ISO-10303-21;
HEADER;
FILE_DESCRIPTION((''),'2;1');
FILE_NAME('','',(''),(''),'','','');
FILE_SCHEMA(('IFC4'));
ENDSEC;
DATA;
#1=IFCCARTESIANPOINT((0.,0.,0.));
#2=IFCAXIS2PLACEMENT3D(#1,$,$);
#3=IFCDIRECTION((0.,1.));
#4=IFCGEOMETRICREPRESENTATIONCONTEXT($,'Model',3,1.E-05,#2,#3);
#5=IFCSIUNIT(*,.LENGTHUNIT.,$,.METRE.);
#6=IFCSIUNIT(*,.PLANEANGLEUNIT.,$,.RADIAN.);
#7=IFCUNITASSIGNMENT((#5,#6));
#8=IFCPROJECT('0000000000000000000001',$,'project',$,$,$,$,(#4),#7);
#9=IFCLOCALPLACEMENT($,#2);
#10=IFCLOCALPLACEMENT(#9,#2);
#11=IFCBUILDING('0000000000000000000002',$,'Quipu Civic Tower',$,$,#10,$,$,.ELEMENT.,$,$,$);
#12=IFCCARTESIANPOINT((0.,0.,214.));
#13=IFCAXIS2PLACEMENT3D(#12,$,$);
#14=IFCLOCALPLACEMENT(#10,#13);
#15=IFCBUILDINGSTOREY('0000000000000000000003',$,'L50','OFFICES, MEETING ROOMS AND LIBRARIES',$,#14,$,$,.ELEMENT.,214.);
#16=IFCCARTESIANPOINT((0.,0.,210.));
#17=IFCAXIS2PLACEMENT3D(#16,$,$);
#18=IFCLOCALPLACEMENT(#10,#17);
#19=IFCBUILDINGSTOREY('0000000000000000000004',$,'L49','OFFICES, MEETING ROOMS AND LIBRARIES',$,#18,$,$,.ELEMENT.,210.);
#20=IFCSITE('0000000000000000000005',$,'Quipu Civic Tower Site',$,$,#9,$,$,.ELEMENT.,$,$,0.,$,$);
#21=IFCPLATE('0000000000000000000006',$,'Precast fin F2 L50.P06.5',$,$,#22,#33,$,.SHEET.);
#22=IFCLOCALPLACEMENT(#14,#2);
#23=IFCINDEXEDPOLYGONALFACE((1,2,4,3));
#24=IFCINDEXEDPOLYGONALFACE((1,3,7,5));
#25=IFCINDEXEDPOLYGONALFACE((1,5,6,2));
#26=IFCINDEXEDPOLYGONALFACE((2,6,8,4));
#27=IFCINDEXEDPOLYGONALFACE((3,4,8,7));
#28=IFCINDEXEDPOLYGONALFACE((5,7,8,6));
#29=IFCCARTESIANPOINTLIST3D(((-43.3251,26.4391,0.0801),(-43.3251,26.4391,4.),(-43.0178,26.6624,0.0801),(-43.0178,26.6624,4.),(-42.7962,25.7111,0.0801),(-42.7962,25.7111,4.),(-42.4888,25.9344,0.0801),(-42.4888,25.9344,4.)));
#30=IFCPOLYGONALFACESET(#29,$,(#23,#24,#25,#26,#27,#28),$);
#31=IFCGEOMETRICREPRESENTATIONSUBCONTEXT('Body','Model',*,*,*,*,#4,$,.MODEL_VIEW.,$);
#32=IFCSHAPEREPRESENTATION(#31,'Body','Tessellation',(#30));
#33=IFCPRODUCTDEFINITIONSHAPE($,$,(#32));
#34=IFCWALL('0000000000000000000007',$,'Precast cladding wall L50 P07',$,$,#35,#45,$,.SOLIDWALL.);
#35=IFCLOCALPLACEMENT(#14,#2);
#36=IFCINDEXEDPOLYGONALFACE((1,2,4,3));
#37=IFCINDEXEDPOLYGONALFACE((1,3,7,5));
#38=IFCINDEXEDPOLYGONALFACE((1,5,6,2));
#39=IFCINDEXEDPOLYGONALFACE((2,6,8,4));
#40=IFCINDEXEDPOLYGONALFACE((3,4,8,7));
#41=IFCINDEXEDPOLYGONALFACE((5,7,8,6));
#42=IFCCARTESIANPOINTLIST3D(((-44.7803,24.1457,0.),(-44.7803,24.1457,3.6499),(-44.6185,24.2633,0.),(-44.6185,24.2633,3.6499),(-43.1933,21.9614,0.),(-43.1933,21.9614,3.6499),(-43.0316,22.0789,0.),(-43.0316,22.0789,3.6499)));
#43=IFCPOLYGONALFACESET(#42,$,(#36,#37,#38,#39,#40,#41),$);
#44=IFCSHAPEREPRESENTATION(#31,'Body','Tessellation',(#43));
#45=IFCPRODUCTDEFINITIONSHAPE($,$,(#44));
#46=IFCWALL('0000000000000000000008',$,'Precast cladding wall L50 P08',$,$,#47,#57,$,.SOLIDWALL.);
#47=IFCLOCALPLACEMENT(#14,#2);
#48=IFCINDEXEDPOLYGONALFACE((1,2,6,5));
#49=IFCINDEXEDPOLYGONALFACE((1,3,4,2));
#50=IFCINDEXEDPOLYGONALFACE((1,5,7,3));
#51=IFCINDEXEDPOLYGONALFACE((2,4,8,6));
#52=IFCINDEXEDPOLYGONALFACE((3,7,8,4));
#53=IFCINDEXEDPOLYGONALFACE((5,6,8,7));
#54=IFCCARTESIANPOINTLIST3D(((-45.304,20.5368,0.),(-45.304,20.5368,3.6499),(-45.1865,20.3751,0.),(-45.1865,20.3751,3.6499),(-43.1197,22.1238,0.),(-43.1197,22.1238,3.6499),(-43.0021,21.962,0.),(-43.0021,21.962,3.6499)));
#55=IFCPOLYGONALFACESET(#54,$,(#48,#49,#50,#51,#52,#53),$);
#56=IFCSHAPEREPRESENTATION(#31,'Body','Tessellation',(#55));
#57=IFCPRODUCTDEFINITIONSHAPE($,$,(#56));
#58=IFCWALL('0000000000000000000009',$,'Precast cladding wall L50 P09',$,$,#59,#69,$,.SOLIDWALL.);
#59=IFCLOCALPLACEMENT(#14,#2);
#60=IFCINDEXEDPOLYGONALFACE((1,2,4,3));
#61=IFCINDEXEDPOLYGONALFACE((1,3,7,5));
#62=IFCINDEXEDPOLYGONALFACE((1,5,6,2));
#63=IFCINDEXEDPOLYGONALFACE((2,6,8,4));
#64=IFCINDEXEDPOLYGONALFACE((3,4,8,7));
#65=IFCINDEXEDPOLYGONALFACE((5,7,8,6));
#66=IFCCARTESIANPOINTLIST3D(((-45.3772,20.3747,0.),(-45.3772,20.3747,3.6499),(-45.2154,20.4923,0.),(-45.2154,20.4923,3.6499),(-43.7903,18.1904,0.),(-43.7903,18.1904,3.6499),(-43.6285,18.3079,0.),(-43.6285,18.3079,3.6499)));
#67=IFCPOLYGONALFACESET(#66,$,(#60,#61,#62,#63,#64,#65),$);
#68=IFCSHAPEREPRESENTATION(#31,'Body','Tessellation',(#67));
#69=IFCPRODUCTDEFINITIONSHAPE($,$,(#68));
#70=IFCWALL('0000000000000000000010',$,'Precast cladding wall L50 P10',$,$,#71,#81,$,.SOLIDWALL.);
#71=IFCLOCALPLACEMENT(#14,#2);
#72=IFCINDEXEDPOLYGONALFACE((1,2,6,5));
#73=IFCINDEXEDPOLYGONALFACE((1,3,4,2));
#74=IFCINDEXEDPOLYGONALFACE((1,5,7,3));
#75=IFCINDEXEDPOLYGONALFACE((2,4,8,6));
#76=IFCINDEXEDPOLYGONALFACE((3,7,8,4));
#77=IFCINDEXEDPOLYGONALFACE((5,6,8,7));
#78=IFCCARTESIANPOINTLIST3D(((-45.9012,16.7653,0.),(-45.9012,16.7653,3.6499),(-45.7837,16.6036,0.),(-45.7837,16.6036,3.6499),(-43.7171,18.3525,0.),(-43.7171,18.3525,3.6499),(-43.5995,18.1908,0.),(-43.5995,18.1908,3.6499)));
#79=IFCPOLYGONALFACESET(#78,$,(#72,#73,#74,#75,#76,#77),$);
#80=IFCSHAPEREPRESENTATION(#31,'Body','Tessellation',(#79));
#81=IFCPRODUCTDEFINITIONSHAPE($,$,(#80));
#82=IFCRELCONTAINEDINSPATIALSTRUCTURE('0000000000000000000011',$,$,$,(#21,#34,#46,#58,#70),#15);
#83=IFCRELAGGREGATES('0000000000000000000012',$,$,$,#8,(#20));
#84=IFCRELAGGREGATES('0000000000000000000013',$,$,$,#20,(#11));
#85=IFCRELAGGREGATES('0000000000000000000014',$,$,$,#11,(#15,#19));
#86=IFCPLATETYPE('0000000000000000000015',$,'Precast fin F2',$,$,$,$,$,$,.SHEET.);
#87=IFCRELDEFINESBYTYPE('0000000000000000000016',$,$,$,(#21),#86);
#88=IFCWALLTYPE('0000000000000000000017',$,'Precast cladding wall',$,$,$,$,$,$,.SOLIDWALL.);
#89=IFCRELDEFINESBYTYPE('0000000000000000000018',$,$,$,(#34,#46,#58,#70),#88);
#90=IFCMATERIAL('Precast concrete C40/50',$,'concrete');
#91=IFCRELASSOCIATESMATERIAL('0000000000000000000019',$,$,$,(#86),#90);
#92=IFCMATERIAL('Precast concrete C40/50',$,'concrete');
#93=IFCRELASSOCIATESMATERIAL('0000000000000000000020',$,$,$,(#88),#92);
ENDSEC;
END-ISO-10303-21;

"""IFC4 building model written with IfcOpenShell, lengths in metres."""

from ifc_helpers import new_model, si_unit, direction, frame, frame_2d, origin, origin_2d, place, context, subcontext, project, spatial, rectangle, extrude, material, type_object, element, save


model = new_model("IFC4")

# Units and contexts
model_context = context("Model", 3, precision=1e-05, world=origin(), true_north=direction((0.0, 1.0)))
body_context = subcontext(model_context, "Body", "Model", "MODEL_VIEW")
ifc_project = project(units=[si_unit("LENGTHUNIT", "METRE"), si_unit("PLANEANGLEUNIT", "RADIAN")], contexts=[model_context])

# Site, building, storey
site_placement = place(None, origin())
site = spatial("IfcSite", under=ifc_project, at=site_placement, Name="Quipu Civic Tower Site", CompositionType="ELEMENT", RefElevation=0.0)
building_placement = place(site_placement, origin())
building = spatial("IfcBuilding", under=site, at=building_placement, Name="Quipu Civic Tower", CompositionType="ELEMENT")
storey_1_placement = place(building_placement, frame((0.0, 0.0, 214.0)))
storey_1 = spatial("IfcBuildingStorey", under=building, at=storey_1_placement, Name="L50", Description="OFFICES, MEETING ROOMS AND LIBRARIES", CompositionType="ELEMENT", Elevation=214.0)

# Shared definitions
storey_2_placement = place(building_placement, frame((0.0, 0.0, 210.0)))
storey_2 = spatial("IfcBuildingStorey", under=building, at=storey_2_placement, Name="L49", Description="OFFICES, MEETING ROOMS AND LIBRARIES", CompositionType="ELEMENT", Elevation=210.0)

# Plate
ifc_material_1 = material(Name="Precast concrete C40/50", Category="concrete")
plate_type_1 = type_object("IfcPlateType", Name="Precast fin F2", PredefinedType="SHEET", material=ifc_material_1)
for number, where, z_axis, x_axis, name in (
    (1, (-42.907, 26.1868, 0.0801), (0.0, 0.0, 1.0), (-0.809017, -0.587785, 0.0), "Precast fin F2 L50.P06.5"),
):
    element("IfcPlate", number, at=place(storey_1_placement, frame(where, z_axis=z_axis, x_axis=x_axis)), inside=storey_1, type_object=plate_type_1, Name=name, PredefinedType="SHEET", context=body_context, shape_type="SweptSolid", body=[
        extrude(rectangle(XDim=0.3799, YDim=0.8999, at=origin_2d()), origin(), (0.0, 0.0, 1.0), 3.9199),
    ])

# Walls
ifc_material_2 = material(Name="Precast concrete C40/50", Category="concrete")
wall_type = type_object("IfcWallType", Name="Precast cladding wall", PredefinedType="SOLIDWALL", material=ifc_material_2)
for number, where, z_axis, x_axis, name in (
    (2, (-44.6995, 24.2046, 0.0), (0.0, 0.0, 1.0), (0.587763, -0.809033, 0.0), "Precast cladding wall L50 P07"),
    (3, (-43.0608, 22.043, 0.0), (0.0, 0.0, 1.0), (-0.809033, -0.587763, 0.0), "Precast cladding wall L50 P08"),
    (4, (-45.2964, 20.4336, 0.0), (0.0, 0.0, 1.0), (0.587763, -0.809033, 0.0), "Precast cladding wall L50 P09"),
    (5, (-43.6582, 18.2717, 0.0), (0.0, 0.0, 1.0), (-0.808959, -0.587865, 0.0), "Precast cladding wall L50 P10"),
):
    element("IfcWall", number, at=place(storey_1_placement, frame(where, z_axis=z_axis, x_axis=x_axis)), inside=storey_1, type_object=wall_type, Name=name, PredefinedType="SOLIDWALL", context=body_context, shape_type="SweptSolid", body=[
        extrude(rectangle(XDim=2.7, YDim=0.2, at=frame_2d((1.3501, 0.0))), origin(), (0.0, 0.0, 1.0), 3.6499),
    ])

save(model, "model.ifc")
